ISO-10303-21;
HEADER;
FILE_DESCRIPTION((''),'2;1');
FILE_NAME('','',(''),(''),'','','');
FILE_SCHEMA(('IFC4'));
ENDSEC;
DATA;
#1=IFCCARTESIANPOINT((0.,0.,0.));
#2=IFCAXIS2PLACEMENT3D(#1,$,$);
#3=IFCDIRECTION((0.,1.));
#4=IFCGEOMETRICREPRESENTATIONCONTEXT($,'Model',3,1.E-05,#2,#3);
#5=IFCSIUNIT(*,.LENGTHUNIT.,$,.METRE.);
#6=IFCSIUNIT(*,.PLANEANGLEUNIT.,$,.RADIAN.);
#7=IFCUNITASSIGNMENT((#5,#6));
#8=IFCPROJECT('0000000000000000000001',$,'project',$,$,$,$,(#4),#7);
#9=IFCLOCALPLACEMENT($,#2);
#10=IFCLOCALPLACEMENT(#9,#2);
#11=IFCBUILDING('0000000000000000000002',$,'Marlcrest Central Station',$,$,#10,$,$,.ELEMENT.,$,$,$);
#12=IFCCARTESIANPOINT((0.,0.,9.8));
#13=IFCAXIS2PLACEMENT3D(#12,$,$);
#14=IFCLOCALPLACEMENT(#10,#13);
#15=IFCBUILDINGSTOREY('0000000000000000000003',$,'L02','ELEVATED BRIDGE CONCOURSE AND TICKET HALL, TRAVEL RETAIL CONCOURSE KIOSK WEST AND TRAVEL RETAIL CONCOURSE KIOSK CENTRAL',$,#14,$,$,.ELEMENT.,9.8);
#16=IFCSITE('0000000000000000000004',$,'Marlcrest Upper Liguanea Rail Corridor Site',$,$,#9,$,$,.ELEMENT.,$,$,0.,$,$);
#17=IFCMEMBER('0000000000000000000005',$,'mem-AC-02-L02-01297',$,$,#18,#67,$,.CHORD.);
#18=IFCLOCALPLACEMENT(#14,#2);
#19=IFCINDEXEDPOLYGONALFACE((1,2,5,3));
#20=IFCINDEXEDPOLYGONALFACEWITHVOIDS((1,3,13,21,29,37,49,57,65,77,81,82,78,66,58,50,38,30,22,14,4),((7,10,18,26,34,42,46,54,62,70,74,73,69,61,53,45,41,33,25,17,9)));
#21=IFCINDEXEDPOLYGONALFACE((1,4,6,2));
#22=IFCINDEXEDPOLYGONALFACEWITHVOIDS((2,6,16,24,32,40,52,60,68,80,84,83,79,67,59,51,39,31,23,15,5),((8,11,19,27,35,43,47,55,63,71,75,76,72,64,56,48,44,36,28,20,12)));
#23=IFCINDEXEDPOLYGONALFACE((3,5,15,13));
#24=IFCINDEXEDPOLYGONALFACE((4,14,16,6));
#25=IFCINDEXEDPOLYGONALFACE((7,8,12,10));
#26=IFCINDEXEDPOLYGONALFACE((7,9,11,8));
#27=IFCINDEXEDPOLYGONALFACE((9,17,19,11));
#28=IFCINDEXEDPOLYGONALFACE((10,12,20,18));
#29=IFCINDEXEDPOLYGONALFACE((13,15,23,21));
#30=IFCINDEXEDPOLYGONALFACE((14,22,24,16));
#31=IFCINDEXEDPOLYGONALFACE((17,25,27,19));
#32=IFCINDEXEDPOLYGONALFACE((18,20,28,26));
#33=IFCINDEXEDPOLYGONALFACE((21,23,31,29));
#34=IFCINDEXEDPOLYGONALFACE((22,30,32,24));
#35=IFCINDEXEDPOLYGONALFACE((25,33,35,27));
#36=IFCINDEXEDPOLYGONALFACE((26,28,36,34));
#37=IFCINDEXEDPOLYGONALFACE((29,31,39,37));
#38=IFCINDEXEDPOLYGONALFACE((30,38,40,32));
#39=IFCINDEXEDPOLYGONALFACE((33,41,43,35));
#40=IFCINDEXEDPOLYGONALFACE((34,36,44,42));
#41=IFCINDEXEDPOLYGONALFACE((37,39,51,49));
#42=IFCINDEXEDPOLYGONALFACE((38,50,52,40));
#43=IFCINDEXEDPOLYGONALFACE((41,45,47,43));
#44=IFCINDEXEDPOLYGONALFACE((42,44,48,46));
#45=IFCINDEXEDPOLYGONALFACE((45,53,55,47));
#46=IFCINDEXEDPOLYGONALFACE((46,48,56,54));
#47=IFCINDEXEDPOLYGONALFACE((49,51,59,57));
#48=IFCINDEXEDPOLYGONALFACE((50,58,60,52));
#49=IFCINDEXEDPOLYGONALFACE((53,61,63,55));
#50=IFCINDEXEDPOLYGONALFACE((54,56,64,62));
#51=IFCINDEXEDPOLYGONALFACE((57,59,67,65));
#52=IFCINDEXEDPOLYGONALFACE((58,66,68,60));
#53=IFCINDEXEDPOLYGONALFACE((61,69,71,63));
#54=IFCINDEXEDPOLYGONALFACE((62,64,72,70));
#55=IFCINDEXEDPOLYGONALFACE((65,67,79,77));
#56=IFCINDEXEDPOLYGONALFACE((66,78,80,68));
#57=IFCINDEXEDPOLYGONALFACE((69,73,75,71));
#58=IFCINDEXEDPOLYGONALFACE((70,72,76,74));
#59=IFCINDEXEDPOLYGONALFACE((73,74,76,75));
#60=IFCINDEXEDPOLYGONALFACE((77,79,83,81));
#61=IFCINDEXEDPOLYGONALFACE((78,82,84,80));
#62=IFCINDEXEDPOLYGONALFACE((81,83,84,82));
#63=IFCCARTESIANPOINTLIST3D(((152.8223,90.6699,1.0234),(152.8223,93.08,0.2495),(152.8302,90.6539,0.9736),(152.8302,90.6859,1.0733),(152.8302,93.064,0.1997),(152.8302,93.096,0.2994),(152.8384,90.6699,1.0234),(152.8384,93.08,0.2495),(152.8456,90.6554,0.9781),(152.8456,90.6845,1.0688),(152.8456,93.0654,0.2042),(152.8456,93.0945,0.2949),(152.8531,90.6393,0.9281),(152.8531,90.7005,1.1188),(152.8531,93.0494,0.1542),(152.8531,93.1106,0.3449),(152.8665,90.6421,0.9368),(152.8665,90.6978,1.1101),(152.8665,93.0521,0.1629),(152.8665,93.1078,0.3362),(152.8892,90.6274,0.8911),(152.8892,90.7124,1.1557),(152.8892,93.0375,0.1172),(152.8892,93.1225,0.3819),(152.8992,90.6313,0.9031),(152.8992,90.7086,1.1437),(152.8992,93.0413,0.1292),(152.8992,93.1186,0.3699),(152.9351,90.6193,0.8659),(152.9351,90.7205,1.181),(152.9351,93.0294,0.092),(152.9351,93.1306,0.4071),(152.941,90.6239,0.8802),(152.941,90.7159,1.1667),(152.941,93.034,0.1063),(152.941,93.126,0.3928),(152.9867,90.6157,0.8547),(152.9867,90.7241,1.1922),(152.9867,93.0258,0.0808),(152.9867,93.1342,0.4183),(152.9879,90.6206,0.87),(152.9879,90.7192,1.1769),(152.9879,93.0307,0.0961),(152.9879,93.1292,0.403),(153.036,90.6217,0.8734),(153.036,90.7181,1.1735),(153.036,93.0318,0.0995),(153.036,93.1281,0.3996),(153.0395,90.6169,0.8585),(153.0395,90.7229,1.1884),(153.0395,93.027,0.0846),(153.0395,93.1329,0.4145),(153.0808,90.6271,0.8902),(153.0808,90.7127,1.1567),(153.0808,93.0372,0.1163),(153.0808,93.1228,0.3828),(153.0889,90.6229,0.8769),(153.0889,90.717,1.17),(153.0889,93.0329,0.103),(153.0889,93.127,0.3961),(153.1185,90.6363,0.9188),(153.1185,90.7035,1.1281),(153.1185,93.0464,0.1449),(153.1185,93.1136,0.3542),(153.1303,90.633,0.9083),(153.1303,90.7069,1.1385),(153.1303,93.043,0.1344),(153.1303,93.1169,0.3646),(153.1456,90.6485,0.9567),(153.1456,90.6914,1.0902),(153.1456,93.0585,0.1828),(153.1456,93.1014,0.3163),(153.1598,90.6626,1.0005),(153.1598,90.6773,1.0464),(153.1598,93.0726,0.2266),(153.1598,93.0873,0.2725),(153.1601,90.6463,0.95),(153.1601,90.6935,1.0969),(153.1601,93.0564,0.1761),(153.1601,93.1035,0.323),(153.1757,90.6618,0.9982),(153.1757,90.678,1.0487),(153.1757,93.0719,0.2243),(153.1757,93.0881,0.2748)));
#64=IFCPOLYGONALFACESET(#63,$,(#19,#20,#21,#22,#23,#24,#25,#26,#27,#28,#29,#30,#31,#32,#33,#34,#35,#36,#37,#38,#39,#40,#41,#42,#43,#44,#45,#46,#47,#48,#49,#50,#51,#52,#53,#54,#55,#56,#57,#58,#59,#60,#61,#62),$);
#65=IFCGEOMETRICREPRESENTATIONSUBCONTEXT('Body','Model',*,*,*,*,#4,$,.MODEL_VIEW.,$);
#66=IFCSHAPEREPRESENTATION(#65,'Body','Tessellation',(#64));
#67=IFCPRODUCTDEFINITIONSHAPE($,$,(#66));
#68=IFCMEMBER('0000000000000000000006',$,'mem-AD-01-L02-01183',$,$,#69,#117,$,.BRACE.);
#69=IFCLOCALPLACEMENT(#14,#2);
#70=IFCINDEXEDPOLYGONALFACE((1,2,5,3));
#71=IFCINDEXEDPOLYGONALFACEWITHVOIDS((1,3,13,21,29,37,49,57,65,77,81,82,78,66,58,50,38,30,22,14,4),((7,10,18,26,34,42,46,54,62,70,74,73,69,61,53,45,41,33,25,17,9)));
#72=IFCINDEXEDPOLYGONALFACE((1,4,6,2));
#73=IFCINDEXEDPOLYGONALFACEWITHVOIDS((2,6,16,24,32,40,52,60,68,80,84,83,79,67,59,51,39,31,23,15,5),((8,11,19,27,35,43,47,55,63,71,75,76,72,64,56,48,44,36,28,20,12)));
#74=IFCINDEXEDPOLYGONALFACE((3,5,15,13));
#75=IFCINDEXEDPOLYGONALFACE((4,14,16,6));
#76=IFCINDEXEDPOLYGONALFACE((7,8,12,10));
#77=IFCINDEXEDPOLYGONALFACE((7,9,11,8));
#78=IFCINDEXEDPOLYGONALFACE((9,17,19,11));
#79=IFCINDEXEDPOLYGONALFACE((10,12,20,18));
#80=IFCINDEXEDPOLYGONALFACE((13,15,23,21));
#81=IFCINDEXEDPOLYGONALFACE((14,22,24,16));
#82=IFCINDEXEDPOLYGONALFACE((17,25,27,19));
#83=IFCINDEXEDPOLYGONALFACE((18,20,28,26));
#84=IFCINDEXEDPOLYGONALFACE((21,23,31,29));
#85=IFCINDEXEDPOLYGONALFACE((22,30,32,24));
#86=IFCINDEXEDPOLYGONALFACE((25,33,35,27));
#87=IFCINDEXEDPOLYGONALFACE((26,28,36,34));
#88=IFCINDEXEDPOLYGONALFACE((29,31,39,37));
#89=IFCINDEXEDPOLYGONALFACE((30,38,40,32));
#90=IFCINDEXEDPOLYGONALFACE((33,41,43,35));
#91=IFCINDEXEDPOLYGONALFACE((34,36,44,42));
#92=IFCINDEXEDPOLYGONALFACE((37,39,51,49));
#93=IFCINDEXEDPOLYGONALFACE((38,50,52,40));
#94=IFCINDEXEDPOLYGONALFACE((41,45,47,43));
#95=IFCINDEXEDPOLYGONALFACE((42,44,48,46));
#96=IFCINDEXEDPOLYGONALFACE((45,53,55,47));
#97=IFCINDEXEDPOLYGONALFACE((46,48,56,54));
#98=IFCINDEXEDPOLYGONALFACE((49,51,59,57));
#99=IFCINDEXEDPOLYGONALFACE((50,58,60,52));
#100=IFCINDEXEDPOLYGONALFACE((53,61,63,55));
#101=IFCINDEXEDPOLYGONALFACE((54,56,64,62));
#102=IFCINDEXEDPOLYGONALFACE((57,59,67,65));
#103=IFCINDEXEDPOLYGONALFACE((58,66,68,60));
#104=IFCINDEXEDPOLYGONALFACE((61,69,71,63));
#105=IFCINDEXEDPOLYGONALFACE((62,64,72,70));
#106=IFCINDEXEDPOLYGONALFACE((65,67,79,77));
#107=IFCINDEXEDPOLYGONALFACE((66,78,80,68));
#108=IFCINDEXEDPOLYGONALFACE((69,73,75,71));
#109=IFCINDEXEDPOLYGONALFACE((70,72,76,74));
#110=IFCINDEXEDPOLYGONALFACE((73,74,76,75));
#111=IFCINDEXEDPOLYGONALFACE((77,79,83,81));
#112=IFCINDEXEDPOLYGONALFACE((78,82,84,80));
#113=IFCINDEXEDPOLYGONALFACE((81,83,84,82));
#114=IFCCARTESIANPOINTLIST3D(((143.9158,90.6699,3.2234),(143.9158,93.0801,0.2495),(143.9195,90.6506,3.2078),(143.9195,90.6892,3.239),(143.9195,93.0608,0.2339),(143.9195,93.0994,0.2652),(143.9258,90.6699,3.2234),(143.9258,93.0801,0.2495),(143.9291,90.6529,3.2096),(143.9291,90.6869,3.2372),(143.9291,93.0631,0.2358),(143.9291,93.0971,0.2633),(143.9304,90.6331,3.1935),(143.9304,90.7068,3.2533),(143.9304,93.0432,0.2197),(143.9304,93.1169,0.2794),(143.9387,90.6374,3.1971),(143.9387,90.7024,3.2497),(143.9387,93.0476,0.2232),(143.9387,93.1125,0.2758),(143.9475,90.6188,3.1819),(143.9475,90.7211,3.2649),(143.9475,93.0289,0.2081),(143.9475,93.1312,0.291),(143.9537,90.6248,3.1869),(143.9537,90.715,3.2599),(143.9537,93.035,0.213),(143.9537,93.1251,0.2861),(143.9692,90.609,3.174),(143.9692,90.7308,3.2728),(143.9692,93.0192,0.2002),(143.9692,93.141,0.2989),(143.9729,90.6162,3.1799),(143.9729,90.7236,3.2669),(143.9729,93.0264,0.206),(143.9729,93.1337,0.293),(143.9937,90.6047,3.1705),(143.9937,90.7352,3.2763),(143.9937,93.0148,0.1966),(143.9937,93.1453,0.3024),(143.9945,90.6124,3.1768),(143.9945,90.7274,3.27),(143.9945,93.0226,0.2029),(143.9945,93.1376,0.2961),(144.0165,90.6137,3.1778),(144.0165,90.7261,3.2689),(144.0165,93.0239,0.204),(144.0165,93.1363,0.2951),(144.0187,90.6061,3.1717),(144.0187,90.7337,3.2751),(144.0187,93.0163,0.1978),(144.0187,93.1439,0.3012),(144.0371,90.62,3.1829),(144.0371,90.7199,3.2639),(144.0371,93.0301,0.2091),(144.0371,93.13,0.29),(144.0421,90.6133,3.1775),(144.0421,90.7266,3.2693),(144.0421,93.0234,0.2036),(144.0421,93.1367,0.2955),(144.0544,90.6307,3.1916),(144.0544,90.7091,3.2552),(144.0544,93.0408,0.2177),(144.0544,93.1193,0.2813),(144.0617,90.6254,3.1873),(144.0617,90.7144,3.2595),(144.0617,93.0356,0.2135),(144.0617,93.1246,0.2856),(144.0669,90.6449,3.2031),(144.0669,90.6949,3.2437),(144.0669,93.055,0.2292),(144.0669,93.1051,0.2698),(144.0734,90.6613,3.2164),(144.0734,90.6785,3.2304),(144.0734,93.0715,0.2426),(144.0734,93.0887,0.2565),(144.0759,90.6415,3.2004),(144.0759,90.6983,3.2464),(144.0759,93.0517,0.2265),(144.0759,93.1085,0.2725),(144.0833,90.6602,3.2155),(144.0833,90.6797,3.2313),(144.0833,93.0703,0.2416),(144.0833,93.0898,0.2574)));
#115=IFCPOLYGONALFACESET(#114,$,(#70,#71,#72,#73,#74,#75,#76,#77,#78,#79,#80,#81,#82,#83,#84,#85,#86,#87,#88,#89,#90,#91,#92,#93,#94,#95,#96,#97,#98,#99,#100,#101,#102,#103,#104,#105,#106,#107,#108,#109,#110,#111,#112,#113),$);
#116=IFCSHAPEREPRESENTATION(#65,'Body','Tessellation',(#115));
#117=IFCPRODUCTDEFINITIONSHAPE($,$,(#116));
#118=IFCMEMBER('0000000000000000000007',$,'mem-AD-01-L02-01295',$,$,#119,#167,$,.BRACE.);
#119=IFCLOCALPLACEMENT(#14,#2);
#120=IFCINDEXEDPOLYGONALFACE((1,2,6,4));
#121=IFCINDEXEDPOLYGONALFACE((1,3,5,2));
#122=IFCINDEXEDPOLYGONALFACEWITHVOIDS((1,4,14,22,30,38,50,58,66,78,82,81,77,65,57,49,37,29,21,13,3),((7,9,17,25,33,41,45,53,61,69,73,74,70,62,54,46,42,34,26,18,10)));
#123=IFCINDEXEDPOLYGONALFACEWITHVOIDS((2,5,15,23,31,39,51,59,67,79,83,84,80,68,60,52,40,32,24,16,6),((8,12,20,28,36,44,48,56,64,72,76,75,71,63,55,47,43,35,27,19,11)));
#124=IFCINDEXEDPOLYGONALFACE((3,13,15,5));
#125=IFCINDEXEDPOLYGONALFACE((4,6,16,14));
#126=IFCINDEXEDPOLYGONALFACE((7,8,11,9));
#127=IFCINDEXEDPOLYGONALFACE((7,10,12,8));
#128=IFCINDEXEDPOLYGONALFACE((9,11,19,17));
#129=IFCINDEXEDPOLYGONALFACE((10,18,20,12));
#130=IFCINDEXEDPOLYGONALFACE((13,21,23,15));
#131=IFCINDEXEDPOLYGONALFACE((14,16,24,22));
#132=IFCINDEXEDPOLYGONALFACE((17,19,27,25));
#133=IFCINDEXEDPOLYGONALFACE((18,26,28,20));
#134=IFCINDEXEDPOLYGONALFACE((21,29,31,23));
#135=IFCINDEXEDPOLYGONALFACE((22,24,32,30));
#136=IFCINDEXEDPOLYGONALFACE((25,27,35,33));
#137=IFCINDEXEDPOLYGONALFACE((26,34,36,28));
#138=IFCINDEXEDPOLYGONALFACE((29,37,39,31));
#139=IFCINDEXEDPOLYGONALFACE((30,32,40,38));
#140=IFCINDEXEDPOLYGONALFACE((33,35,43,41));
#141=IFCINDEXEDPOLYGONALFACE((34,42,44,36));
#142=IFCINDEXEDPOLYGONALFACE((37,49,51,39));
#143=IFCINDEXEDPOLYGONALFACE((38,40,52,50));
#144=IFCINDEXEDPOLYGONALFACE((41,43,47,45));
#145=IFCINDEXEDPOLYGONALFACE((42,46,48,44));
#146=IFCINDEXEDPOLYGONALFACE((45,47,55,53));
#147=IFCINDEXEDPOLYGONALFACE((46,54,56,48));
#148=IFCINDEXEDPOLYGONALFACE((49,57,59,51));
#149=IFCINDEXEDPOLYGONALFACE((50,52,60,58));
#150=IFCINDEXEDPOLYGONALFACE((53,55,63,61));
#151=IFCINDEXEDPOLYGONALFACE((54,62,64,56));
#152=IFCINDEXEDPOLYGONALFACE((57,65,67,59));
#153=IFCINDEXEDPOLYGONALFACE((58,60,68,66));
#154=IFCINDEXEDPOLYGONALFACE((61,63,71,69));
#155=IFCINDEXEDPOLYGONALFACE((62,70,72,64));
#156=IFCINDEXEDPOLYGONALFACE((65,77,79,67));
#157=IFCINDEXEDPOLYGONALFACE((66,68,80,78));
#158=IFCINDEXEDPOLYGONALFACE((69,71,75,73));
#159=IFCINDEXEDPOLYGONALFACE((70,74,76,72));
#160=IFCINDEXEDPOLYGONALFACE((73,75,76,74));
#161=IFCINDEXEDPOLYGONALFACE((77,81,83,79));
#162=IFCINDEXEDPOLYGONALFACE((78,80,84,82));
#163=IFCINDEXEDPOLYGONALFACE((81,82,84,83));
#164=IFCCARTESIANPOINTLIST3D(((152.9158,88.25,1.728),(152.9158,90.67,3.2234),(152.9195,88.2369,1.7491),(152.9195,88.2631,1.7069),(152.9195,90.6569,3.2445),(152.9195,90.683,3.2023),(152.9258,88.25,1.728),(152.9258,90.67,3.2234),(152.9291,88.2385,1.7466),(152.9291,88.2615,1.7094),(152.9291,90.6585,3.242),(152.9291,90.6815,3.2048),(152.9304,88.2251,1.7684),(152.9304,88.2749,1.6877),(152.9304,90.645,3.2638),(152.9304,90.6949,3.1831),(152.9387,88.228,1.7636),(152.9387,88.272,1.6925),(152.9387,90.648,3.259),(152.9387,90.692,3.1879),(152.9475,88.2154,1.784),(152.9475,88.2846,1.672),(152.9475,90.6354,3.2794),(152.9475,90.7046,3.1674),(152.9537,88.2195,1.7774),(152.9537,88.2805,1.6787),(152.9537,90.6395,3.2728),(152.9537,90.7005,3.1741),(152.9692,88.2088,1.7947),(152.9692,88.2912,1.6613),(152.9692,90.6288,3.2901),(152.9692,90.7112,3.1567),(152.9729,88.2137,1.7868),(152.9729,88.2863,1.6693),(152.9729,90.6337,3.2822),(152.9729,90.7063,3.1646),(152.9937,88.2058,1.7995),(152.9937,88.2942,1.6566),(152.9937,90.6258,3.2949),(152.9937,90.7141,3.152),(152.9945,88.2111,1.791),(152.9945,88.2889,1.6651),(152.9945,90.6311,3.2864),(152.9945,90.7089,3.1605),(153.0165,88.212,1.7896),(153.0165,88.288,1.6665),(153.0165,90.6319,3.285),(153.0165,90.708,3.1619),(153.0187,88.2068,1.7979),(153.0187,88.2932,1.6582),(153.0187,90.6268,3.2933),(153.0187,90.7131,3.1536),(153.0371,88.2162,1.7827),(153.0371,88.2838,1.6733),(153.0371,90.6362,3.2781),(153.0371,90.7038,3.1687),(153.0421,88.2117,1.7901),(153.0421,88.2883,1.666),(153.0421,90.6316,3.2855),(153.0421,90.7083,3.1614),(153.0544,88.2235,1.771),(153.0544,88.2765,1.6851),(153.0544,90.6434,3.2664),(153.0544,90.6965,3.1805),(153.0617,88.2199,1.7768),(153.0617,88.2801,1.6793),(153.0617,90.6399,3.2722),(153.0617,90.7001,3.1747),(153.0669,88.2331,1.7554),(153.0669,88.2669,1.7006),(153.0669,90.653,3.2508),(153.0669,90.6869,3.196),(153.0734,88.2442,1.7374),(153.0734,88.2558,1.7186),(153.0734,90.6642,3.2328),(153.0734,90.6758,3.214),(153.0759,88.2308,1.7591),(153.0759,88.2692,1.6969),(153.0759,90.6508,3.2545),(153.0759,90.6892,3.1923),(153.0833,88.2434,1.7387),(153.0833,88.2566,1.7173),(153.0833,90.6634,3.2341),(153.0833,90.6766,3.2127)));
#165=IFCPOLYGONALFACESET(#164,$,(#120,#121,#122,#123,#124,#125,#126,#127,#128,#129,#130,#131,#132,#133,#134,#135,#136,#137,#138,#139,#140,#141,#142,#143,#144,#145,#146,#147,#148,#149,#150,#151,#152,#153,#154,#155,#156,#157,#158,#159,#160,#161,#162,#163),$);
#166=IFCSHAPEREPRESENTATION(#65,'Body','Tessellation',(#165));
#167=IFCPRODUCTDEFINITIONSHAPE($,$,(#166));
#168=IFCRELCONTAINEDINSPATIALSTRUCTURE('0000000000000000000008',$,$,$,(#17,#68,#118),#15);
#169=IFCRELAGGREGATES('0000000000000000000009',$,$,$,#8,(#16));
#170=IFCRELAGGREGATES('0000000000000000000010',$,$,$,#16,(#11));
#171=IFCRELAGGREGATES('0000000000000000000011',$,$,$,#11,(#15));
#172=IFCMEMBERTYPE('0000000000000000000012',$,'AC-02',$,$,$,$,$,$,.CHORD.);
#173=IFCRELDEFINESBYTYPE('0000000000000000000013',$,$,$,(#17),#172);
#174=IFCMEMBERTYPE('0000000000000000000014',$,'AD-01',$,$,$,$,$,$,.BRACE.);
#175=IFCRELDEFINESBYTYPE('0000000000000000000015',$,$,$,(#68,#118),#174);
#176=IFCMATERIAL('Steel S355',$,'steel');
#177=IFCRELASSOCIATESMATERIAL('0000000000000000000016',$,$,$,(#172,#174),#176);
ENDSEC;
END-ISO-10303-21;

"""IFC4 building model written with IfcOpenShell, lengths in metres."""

from ifc_helpers import new_model, si_unit, direction, frame, origin, origin_2d, place, context, subcontext, project, spatial, hollow_circle, extrude, material, material_profile, profile_set, type_object, element, save


model = new_model("IFC4")

# Units and contexts
model_context = context("Model", 3, precision=1e-05, world=origin(), true_north=direction((0.0, 1.0)))
body_context = subcontext(model_context, "Body", "Model", "MODEL_VIEW")
ifc_project = project(units=[si_unit("LENGTHUNIT", "METRE"), si_unit("PLANEANGLEUNIT", "RADIAN")], contexts=[model_context])

# Site, building, storey
site_placement = place(None, origin())
site = spatial("IfcSite", under=ifc_project, at=site_placement, Name="Marlcrest Upper Liguanea Rail Corridor Site", CompositionType="ELEMENT", RefElevation=0.0)
building_placement = place(site_placement, origin())
building = spatial("IfcBuilding", under=site, at=building_placement, Name="Marlcrest Central Station", CompositionType="ELEMENT")
storey_placement = place(building_placement, frame((0.0, 0.0, 9.8)))
storey = spatial("IfcBuildingStorey", under=building, at=storey_placement, Name="L02", Description="ELEVATED BRIDGE CONCOURSE AND TICKET HALL, TRAVEL RETAIL CONCOURSE KIOSK WEST AND TRAVEL RETAIL CONCOURSE KIOSK CENTRAL", CompositionType="ELEMENT", Elevation=9.8)

# Members
ifc_material_1 = material(Name="Steel S355", Category="steel")
ifc_material_profile_1 = material_profile(ifc_material_1, hollow_circle(Radius=0.1777, WallThickness=0.0161, at=origin_2d()), Name="CHS 355.6x16")
ifc_profile_set_1 = profile_set([ifc_material_profile_1], Name="Steel S355")
member_type_1 = type_object("IfcMemberType", Name="AC-02", PredefinedType="CHORD", material=ifc_profile_set_1)
for number, where, z_axis, x_axis, name in (
    (1, (153.0, 90.6699, 1.0234), (0.0, 0.952117, -0.305734), (-1.0, 0.0, 0.0), "mem-AC-02-L02-01297"),
):
    element("IfcMember", number, at=place(storey_placement, frame(where, z_axis=z_axis, x_axis=x_axis)), inside=storey, type_object=member_type_1, Name=name, PredefinedType="CHORD", context=body_context, shape_type="SweptSolid", body=[
        extrude(hollow_circle(Radius=0.1777, WallThickness=0.0161, at=origin_2d()), origin(), (0.0, 0.0, 1.0), 2.5312),
    ])
ifc_material_profile_2 = material_profile(ifc_material_1, hollow_circle(Radius=0.0842, WallThickness=0.01, at=origin_2d()), Name="CHS 168.3x10")
ifc_profile_set_2 = profile_set([ifc_material_profile_2], Name="Steel S355")
member_type_2 = type_object("IfcMemberType", Name="AD-01", PredefinedType="BRACE", material=ifc_profile_set_2)
member_1_placement = place(storey_placement, frame((144.0, 90.6699, 3.2234), z_axis=(0.0, 0.629629, -0.776896), x_axis=(-1.0, 0.0, 0.0)))
element("IfcMember", 2, at=member_1_placement, inside=storey, type_object=member_type_2, Name="mem-AD-01-L02-01183", PredefinedType="BRACE", context=body_context, shape_type="SweptSolid", body=[
    extrude(hollow_circle(Radius=0.0842, WallThickness=0.01, at=origin_2d()), origin(), (0.0, 0.0, 1.0), 3.8279),
])
member_2_placement = place(storey_placement, frame((153.0, 88.25, 1.728), z_axis=(0.0, 0.850687, 0.525672), x_axis=(-1.0, 0.0, 0.0)))
element("IfcMember", 3, at=member_2_placement, inside=storey, type_object=member_type_2, Name="mem-AD-01-L02-01295", PredefinedType="BRACE", context=body_context, shape_type="SweptSolid", body=[
    extrude(hollow_circle(Radius=0.0842, WallThickness=0.01, at=origin_2d()), origin(), (0.0, 0.0, 1.0), 2.8447),
])

save(model, "model.ifc")
